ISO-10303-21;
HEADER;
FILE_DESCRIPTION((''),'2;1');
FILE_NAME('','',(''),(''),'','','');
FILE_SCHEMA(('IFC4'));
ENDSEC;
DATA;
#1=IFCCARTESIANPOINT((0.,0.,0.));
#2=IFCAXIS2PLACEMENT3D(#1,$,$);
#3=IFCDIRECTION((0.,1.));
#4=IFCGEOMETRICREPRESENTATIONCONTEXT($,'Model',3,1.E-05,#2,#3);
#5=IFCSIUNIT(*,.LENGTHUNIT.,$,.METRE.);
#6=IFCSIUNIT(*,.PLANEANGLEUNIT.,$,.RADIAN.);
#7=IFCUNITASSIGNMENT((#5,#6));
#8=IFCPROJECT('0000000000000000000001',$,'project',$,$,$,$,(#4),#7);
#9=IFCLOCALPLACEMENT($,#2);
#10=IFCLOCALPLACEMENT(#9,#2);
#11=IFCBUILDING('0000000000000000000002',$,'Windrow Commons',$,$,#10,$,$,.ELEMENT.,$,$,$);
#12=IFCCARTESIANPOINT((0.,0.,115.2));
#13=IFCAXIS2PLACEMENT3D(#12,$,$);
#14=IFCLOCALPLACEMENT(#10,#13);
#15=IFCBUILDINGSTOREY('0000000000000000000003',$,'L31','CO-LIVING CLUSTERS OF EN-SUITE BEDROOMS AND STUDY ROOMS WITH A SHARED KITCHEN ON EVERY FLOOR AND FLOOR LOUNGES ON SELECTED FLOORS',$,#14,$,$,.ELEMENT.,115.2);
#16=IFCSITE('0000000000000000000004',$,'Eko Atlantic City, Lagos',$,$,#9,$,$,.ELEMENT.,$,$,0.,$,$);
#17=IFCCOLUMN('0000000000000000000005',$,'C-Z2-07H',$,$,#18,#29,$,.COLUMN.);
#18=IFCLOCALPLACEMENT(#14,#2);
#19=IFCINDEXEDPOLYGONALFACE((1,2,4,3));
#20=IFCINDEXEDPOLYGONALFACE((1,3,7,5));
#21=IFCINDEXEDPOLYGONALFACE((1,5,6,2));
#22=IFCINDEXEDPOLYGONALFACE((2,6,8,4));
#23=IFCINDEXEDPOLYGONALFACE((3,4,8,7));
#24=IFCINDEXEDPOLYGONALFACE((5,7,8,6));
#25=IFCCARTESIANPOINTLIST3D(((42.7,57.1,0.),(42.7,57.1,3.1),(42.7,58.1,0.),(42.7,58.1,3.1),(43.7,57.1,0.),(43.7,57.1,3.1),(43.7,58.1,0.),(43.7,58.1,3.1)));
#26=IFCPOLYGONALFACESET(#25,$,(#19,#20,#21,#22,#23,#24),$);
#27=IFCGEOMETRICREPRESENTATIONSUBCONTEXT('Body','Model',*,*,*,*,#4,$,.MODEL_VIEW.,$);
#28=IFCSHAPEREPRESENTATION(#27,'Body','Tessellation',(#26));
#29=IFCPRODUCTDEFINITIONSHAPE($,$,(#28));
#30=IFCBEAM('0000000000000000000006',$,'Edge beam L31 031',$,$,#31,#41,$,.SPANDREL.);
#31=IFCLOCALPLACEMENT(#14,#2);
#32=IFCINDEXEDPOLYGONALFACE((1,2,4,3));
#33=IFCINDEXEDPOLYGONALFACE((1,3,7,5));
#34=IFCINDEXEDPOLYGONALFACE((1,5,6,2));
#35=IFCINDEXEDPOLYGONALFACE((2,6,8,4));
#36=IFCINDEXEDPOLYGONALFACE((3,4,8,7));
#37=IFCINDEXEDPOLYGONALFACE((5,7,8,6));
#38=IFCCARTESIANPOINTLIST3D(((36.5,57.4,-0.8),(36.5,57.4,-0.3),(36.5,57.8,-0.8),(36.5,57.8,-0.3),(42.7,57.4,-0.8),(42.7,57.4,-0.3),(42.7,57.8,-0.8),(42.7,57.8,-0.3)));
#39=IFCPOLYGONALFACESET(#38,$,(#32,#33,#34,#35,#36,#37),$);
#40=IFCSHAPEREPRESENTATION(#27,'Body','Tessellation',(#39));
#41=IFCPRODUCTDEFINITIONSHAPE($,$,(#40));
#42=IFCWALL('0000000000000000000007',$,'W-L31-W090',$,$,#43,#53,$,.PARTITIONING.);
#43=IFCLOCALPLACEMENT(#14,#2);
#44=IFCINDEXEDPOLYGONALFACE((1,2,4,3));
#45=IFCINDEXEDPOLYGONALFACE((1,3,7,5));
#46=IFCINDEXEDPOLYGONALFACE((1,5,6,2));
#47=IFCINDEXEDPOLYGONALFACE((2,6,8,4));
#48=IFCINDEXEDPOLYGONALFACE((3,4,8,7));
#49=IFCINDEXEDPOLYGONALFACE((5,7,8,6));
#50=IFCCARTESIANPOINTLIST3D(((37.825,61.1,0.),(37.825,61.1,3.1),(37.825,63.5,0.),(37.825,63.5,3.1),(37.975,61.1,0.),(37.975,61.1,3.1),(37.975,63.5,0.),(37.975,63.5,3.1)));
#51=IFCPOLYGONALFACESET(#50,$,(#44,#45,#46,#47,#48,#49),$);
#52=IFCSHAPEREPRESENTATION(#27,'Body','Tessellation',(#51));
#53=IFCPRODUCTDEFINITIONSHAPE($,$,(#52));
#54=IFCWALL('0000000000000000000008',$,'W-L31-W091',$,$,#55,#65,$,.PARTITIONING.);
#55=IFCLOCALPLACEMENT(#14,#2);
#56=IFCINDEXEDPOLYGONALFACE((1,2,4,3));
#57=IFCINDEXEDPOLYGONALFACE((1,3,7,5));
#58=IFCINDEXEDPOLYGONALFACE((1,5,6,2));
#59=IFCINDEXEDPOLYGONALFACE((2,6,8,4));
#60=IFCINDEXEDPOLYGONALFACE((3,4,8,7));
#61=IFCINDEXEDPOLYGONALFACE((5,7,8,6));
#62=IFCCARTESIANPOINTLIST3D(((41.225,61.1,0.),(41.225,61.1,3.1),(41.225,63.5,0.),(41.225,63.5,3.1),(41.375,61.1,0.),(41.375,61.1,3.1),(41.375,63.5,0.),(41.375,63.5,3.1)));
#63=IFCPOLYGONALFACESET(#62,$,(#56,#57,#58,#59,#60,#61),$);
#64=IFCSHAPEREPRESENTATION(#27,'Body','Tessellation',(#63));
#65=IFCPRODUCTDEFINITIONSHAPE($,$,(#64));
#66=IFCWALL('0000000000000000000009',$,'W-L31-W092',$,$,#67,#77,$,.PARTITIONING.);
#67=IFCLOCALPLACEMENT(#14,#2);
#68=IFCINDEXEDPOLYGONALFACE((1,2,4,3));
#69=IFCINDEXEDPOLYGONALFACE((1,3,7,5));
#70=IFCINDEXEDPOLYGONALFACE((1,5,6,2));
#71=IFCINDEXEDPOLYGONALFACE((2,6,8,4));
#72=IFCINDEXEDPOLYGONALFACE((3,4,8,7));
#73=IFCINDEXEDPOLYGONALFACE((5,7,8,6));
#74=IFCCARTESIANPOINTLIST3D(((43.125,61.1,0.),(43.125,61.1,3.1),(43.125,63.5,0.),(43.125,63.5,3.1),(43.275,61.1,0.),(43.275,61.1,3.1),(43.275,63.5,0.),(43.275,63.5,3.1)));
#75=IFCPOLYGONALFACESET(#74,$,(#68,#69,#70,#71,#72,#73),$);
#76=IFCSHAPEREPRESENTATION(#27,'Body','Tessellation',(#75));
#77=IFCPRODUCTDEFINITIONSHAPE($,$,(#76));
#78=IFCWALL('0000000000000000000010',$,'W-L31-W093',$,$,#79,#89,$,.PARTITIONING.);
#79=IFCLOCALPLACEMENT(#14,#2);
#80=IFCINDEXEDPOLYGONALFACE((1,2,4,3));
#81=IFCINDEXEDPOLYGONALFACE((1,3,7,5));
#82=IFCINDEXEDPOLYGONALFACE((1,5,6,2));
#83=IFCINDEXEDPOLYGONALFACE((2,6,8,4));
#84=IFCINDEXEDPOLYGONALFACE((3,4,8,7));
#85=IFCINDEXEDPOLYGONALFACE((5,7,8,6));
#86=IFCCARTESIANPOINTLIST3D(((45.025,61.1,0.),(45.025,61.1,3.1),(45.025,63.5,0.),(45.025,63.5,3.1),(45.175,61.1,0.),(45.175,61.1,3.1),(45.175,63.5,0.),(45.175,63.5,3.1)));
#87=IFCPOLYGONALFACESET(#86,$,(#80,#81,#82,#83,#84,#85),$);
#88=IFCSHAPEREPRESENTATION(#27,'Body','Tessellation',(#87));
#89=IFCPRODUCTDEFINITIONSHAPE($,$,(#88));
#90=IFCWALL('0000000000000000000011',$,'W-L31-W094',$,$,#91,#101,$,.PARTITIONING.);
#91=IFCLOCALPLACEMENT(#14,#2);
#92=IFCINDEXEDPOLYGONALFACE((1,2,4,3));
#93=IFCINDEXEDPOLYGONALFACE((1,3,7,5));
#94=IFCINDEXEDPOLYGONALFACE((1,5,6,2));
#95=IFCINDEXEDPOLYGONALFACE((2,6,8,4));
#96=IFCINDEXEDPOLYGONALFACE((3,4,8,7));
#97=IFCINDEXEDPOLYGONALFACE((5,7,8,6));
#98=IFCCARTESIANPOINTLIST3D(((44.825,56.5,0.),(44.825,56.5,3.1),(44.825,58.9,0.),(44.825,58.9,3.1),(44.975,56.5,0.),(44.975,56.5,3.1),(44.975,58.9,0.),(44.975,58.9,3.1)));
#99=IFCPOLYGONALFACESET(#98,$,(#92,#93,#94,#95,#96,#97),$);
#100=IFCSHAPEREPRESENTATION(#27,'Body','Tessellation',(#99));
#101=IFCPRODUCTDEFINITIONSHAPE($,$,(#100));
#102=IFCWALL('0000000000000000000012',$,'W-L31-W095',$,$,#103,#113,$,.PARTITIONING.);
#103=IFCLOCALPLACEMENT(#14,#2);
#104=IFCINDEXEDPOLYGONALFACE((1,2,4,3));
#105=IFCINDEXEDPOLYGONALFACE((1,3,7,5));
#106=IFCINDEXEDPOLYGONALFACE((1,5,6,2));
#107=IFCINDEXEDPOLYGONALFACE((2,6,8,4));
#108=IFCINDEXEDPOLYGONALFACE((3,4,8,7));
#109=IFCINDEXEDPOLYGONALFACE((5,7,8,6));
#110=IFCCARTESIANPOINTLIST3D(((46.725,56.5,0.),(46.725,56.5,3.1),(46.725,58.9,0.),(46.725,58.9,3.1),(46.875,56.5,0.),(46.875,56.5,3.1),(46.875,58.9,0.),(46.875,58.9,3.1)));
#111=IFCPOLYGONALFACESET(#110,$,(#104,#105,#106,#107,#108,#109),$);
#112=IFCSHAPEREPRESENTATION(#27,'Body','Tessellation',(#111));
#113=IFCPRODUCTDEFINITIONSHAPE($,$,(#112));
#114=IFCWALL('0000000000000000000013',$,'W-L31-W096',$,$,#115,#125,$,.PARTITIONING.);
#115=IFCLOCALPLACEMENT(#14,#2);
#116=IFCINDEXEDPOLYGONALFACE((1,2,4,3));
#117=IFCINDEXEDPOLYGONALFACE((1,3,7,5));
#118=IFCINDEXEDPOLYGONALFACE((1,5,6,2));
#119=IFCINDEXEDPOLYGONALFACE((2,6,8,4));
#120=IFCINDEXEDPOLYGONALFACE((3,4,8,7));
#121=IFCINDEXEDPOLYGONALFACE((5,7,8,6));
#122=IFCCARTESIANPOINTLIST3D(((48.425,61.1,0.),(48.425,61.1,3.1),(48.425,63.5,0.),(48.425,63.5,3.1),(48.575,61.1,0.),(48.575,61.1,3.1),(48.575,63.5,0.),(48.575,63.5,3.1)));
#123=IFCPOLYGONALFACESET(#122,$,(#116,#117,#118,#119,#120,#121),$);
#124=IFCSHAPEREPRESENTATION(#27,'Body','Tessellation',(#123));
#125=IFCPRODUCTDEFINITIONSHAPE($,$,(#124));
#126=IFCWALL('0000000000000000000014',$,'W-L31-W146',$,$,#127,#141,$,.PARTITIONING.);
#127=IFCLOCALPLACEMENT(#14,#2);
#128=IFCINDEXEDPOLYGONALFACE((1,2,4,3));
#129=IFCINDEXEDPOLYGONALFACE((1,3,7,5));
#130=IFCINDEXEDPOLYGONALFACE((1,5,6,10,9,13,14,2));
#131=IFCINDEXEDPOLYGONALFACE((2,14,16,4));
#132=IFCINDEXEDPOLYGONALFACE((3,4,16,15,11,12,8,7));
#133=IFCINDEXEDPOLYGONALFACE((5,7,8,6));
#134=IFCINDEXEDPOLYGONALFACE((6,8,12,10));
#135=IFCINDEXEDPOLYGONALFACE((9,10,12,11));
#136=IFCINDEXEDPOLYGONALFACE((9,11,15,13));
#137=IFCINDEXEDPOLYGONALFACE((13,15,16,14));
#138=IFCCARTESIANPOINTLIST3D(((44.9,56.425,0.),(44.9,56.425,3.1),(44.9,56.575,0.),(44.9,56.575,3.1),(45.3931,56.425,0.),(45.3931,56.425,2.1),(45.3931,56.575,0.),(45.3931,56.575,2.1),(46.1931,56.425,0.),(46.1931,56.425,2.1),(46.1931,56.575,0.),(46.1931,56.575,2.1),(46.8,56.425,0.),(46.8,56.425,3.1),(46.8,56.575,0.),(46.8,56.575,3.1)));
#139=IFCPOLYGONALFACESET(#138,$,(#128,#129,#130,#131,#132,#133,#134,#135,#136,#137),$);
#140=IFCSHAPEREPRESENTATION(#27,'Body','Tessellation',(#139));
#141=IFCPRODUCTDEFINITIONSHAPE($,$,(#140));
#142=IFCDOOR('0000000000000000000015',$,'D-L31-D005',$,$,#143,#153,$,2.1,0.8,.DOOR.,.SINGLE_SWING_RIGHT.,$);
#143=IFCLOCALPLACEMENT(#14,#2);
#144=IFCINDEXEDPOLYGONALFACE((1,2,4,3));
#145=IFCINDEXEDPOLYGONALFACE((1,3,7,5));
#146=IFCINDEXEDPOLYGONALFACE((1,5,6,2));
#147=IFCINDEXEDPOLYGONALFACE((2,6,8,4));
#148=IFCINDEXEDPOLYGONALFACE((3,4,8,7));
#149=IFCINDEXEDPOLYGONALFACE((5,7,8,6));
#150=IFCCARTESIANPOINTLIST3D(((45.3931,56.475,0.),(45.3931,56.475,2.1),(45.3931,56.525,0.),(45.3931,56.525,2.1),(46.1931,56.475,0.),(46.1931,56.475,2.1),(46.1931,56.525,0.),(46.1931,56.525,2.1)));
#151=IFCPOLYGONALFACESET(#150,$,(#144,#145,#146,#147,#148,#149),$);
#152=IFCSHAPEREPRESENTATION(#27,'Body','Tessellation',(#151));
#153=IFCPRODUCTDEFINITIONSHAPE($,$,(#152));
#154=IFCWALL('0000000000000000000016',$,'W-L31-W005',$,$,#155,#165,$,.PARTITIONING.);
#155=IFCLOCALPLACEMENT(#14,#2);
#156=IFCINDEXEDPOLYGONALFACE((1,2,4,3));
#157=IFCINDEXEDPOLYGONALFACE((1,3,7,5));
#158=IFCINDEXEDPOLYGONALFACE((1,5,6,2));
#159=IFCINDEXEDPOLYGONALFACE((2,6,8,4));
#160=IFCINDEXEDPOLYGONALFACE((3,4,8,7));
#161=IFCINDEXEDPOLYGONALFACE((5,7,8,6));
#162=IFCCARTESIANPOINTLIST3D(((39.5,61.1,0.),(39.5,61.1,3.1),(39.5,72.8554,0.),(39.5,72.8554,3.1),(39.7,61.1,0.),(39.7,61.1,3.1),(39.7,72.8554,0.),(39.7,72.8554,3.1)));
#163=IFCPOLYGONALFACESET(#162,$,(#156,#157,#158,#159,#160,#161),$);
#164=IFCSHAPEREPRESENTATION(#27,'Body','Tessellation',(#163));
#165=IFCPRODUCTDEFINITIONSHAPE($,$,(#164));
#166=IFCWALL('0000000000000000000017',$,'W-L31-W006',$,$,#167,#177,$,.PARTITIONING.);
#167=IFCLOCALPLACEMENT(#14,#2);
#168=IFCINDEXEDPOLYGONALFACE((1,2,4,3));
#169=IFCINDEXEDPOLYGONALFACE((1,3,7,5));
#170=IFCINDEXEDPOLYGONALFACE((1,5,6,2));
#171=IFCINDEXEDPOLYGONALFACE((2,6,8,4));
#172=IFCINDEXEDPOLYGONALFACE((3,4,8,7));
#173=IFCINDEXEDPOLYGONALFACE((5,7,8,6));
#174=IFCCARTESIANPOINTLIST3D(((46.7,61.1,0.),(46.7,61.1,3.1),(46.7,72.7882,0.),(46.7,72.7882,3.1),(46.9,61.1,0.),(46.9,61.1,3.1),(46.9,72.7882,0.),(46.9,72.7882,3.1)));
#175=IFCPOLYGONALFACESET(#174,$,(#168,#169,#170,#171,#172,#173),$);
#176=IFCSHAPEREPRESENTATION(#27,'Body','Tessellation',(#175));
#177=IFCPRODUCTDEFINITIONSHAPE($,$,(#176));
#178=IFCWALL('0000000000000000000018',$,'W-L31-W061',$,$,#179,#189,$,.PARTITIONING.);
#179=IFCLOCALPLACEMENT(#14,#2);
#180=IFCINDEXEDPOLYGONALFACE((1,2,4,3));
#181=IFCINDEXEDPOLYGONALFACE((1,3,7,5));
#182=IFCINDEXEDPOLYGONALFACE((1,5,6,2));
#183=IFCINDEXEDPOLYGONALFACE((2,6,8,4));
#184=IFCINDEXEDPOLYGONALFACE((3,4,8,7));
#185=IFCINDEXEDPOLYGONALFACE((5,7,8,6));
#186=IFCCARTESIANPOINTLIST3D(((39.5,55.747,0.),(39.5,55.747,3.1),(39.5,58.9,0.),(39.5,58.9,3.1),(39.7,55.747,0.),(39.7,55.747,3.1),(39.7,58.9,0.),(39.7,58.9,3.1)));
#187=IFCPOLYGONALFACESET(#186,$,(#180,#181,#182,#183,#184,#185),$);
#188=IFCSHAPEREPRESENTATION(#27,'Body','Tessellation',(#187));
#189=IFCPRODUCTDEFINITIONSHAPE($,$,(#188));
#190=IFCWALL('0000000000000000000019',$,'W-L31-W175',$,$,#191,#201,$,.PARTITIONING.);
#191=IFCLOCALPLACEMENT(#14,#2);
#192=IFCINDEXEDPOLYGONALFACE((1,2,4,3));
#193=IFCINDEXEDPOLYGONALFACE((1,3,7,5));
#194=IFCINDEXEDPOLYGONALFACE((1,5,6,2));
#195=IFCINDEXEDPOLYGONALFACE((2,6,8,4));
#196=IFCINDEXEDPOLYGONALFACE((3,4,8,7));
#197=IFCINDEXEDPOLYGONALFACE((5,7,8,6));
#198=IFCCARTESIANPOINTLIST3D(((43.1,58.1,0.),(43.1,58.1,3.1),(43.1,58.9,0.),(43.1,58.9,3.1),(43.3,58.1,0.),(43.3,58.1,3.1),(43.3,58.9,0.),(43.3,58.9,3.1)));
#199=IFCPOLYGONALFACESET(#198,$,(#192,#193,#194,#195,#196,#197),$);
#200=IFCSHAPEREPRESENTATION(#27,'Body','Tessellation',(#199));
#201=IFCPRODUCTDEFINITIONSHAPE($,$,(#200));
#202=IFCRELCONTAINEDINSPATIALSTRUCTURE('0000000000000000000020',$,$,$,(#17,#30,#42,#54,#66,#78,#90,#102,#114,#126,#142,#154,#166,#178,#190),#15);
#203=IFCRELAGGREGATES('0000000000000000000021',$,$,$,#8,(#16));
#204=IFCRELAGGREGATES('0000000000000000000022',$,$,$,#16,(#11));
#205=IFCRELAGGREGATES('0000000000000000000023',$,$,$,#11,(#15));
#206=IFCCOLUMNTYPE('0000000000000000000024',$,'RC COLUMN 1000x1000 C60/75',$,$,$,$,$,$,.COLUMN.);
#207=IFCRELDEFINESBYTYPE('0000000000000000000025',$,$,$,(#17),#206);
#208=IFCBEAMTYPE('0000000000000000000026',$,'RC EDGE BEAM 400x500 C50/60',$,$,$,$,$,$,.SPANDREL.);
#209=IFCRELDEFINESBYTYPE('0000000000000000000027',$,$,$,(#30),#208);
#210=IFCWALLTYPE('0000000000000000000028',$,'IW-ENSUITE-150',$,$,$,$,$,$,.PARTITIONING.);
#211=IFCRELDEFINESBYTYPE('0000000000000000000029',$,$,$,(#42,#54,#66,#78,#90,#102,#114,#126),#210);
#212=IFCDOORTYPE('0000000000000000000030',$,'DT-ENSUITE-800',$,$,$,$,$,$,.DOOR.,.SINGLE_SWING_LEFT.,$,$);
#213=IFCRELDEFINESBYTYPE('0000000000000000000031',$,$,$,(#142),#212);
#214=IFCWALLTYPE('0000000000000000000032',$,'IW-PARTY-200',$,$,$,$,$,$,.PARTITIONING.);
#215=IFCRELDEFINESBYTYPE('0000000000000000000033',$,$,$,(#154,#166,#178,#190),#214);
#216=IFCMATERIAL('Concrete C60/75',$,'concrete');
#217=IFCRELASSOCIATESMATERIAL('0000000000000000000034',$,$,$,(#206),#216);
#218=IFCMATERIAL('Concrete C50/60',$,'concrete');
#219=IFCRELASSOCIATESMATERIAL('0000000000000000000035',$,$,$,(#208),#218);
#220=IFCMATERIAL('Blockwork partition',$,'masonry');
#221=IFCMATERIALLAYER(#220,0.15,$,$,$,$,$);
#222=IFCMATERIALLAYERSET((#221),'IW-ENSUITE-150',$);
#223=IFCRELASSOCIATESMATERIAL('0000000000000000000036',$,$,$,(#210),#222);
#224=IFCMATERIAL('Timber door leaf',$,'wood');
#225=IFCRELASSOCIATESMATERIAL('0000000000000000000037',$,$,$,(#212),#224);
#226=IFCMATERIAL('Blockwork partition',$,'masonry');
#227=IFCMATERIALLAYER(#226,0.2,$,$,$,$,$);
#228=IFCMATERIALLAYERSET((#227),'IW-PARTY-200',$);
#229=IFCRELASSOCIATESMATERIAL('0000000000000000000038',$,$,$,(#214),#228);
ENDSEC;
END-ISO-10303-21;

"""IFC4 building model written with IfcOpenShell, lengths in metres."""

from ifc_helpers import new_model, si_unit, direction, frame, frame_2d, origin, origin_2d, place, context, subcontext, project, spatial, rectangle, extrude, material, layer, layer_set, material_profile, profile_set, type_object, element, fill, save


model = new_model("IFC4")

# Units and contexts
model_context = context("Model", 3, precision=1e-05, world=origin(), true_north=direction((0.0, 1.0)))
body_context = subcontext(model_context, "Body", "Model", "MODEL_VIEW")
ifc_project = project(units=[si_unit("LENGTHUNIT", "METRE"), si_unit("PLANEANGLEUNIT", "RADIAN")], contexts=[model_context])

# Site, building, storey
site_placement = place(None, origin())
site = spatial("IfcSite", under=ifc_project, at=site_placement, Name="Eko Atlantic City, Lagos", CompositionType="ELEMENT", RefElevation=0.0)
building_placement = place(site_placement, origin())
building = spatial("IfcBuilding", under=site, at=building_placement, Name="Windrow Commons", CompositionType="ELEMENT")
storey_placement = place(building_placement, frame((0.0, 0.0, 115.2)))
storey = spatial("IfcBuildingStorey", under=building, at=storey_placement, Name="L31", Description="CO-LIVING CLUSTERS OF EN-SUITE BEDROOMS AND STUDY ROOMS WITH A SHARED KITCHEN ON EVERY FLOOR AND FLOOR LOUNGES ON SELECTED FLOORS", CompositionType="ELEMENT", Elevation=115.2)

# Column
ifc_material_1 = material(Name="Concrete C60/75", Category="concrete")
ifc_material_profile_1 = material_profile(ifc_material_1, rectangle(XDim=1.0, YDim=1.0, at=origin_2d()))
ifc_profile_set_1 = profile_set([ifc_material_profile_1], Name="Concrete C60/75")
column_type = type_object("IfcColumnType", Name="RC COLUMN 1000x1000 C60/75", PredefinedType="COLUMN", material=ifc_profile_set_1)
column_placement = place(storey_placement, frame((43.2, 57.6, 0.0), z_axis=(0.0, 0.0, 1.0), x_axis=(1.0, 0.0, 0.0)))
element("IfcColumn", 1, at=column_placement, inside=storey, type_object=column_type, Name="C-Z2-07H", PredefinedType="COLUMN", context=body_context, shape_type="SweptSolid", body=[
    extrude(rectangle(XDim=1.0, YDim=1.0, at=origin_2d()), origin(), (0.0, 0.0, 1.0), 3.1),
])

# Beam
ifc_material_2 = material(Name="Concrete C50/60", Category="concrete")
ifc_material_profile_2 = material_profile(ifc_material_2, rectangle(XDim=0.4, YDim=0.5, at=origin_2d()))
ifc_profile_set_2 = profile_set([ifc_material_profile_2], Name="Concrete C50/60")
beam_type = type_object("IfcBeamType", Name="RC EDGE BEAM 400x500 C50/60", PredefinedType="SPANDREL", material=ifc_profile_set_2)
beam_placement = place(storey_placement, frame((42.7, 57.6, -0.55), z_axis=(-1.0, 0.0, 0.0), x_axis=(0.0, -1.0, 0.0)))
element("IfcBeam", 2, at=beam_placement, inside=storey, type_object=beam_type, Name="Edge beam L31 031", PredefinedType="SPANDREL", context=body_context, shape_type="SweptSolid", body=[
    extrude(rectangle(XDim=0.4, YDim=0.5, at=origin_2d()), origin(), (0.0, 0.0, 1.0), 6.2),
])

# Walls
ifc_material_3 = material(Name="Blockwork partition", Category="masonry")
ifc_layer_1 = layer(ifc_material_3, 0.15)
ifc_layer_set_1 = layer_set([ifc_layer_1], Name="IW-ENSUITE-150")
wall_type_1 = type_object("IfcWallType", Name="IW-ENSUITE-150", PredefinedType="PARTITIONING", material=ifc_layer_set_1)
for number, where, z_axis, x_axis, name in (
    (3, (37.9, 61.1, 0.0), (0.0, 0.0, 1.0), (0.0, 1.0, 0.0), "W-L31-W090"),
    (4, (41.3, 61.1, 0.0), (0.0, 0.0, 1.0), (0.0, 1.0, 0.0), "W-L31-W091"),
    (5, (43.2, 61.1, 0.0), (0.0, 0.0, 1.0), (0.0, 1.0, 0.0), "W-L31-W092"),
    (6, (45.1, 61.1, 0.0), (0.0, 0.0, 1.0), (0.0, 1.0, 0.0), "W-L31-W093"),
    (7, (44.9, 56.5, 0.0), (0.0, 0.0, 1.0), (0.0, 1.0, 0.0), "W-L31-W094"),
    (8, (46.8, 56.5, 0.0), (0.0, 0.0, 1.0), (0.0, 1.0, 0.0), "W-L31-W095"),
    (9, (48.5, 61.1, 0.0), (0.0, 0.0, 1.0), (0.0, 1.0, 0.0), "W-L31-W096"),
):
    element("IfcWall", number, at=place(storey_placement, frame(where, z_axis=z_axis, x_axis=x_axis)), inside=storey, type_object=wall_type_1, Name=name, PredefinedType="PARTITIONING", context=body_context, shape_type="SweptSolid", body=[
        extrude(rectangle(XDim=2.4, YDim=0.15, at=frame_2d((1.2, 0.0))), origin(), (0.0, 0.0, 1.0), 3.1),
    ])

# Wall, opening, door
wall_1_placement = place(storey_placement, frame((44.9, 56.5, 0.0), z_axis=(0.0, 0.0, 1.0), x_axis=(1.0, 0.0, 0.0)))
wall_1 = element("IfcWall", 10, at=wall_1_placement, inside=storey, type_object=wall_type_1, Name="W-L31-W146", PredefinedType="PARTITIONING", context=body_context, shape_type="SweptSolid", body=[
    extrude(rectangle(XDim=1.9, YDim=0.15, at=frame_2d((0.95, 0.0))), origin(), (0.0, 0.0, 1.0), 3.1),
])
opening_placement = place(wall_1_placement, frame((0.4931, 0.0, 0.0)))
opening = element("IfcOpeningElement", 11, at=opening_placement, cuts=wall_1, PredefinedType="OPENING", context=body_context, shape_type="SweptSolid", body=[
    extrude(rectangle(XDim=0.8, YDim=2.1, at=frame_2d((0.4, 1.05))), frame((0.0, 0.085, 0.0), z_axis=(0.0, -1.0, 0.0), x_axis=(1.0, 0.0, 0.0)), (0.0, 0.0, 1.0), 0.17),
])
ifc_material_4 = material(Name="Timber door leaf", Category="wood")
door_type = type_object("IfcDoorType", Name="DT-ENSUITE-800", OperationType="SINGLE_SWING_LEFT", PredefinedType="DOOR", material=ifc_material_4)
door_placement = place(opening_placement, origin())
door = element("IfcDoor", 12, at=door_placement, inside=storey, type_object=door_type, Name="D-L31-D005", OperationType="SINGLE_SWING_RIGHT", OverallHeight=2.1, OverallWidth=0.8, PredefinedType="DOOR", context=body_context, shape_type="SweptSolid", body=[
    extrude(rectangle(XDim=0.8, YDim=2.1, at=frame_2d((0.4, 1.05))), frame((0.0, 0.025, 0.0), z_axis=(0.0, -1.0, 0.0), x_axis=(1.0, 0.0, 0.0)), (0.0, 0.0, 1.0), 0.05),
])
fill(opening, door)

# Walls
ifc_material_5 = material(Name="Blockwork partition", Category="masonry")
ifc_layer_2 = layer(ifc_material_5, 0.2)
ifc_layer_set_2 = layer_set([ifc_layer_2], Name="IW-PARTY-200")
wall_type_2 = type_object("IfcWallType", Name="IW-PARTY-200", PredefinedType="PARTITIONING", material=ifc_layer_set_2)
wall_2_placement = place(storey_placement, frame((39.6, 61.1, 0.0), z_axis=(0.0, 0.0, 1.0), x_axis=(0.0, 1.0, 0.0)))
element("IfcWall", 13, at=wall_2_placement, inside=storey, type_object=wall_type_2, Name="W-L31-W005", PredefinedType="PARTITIONING", context=body_context, shape_type="SweptSolid", body=[
    extrude(rectangle(XDim=11.7553, YDim=0.2, at=frame_2d((5.8777, 0.0))), origin(), (0.0, 0.0, 1.0), 3.1),
])
wall_3_placement = place(storey_placement, frame((46.8, 61.1, 0.0), z_axis=(0.0, 0.0, 1.0), x_axis=(0.0, 1.0, 0.0)))
element("IfcWall", 14, at=wall_3_placement, inside=storey, type_object=wall_type_2, Name="W-L31-W006", PredefinedType="PARTITIONING", context=body_context, shape_type="SweptSolid", body=[
    extrude(rectangle(XDim=11.6881, YDim=0.2, at=frame_2d((5.8441, 0.0))), origin(), (0.0, 0.0, 1.0), 3.1),
])
wall_4_placement = place(storey_placement, frame((39.6, 55.747, 0.0), z_axis=(0.0, 0.0, 1.0), x_axis=(0.0, 1.0, 0.0)))
element("IfcWall", 15, at=wall_4_placement, inside=storey, type_object=wall_type_2, Name="W-L31-W061", PredefinedType="PARTITIONING", context=body_context, shape_type="SweptSolid", body=[
    extrude(rectangle(XDim=3.153, YDim=0.2, at=frame_2d((1.5765, 0.0))), origin(), (0.0, 0.0, 1.0), 3.1),
])
wall_5_placement = place(storey_placement, frame((43.2, 58.1, 0.0), z_axis=(0.0, 0.0, 1.0), x_axis=(0.0, 1.0, 0.0)))
element("IfcWall", 16, at=wall_5_placement, inside=storey, type_object=wall_type_2, Name="W-L31-W175", PredefinedType="PARTITIONING", context=body_context, shape_type="SweptSolid", body=[
    extrude(rectangle(XDim=0.8, YDim=0.2, at=frame_2d((0.4, 0.0))), origin(), (0.0, 0.0, 1.0), 3.1),
])

save(model, "model.ifc")
